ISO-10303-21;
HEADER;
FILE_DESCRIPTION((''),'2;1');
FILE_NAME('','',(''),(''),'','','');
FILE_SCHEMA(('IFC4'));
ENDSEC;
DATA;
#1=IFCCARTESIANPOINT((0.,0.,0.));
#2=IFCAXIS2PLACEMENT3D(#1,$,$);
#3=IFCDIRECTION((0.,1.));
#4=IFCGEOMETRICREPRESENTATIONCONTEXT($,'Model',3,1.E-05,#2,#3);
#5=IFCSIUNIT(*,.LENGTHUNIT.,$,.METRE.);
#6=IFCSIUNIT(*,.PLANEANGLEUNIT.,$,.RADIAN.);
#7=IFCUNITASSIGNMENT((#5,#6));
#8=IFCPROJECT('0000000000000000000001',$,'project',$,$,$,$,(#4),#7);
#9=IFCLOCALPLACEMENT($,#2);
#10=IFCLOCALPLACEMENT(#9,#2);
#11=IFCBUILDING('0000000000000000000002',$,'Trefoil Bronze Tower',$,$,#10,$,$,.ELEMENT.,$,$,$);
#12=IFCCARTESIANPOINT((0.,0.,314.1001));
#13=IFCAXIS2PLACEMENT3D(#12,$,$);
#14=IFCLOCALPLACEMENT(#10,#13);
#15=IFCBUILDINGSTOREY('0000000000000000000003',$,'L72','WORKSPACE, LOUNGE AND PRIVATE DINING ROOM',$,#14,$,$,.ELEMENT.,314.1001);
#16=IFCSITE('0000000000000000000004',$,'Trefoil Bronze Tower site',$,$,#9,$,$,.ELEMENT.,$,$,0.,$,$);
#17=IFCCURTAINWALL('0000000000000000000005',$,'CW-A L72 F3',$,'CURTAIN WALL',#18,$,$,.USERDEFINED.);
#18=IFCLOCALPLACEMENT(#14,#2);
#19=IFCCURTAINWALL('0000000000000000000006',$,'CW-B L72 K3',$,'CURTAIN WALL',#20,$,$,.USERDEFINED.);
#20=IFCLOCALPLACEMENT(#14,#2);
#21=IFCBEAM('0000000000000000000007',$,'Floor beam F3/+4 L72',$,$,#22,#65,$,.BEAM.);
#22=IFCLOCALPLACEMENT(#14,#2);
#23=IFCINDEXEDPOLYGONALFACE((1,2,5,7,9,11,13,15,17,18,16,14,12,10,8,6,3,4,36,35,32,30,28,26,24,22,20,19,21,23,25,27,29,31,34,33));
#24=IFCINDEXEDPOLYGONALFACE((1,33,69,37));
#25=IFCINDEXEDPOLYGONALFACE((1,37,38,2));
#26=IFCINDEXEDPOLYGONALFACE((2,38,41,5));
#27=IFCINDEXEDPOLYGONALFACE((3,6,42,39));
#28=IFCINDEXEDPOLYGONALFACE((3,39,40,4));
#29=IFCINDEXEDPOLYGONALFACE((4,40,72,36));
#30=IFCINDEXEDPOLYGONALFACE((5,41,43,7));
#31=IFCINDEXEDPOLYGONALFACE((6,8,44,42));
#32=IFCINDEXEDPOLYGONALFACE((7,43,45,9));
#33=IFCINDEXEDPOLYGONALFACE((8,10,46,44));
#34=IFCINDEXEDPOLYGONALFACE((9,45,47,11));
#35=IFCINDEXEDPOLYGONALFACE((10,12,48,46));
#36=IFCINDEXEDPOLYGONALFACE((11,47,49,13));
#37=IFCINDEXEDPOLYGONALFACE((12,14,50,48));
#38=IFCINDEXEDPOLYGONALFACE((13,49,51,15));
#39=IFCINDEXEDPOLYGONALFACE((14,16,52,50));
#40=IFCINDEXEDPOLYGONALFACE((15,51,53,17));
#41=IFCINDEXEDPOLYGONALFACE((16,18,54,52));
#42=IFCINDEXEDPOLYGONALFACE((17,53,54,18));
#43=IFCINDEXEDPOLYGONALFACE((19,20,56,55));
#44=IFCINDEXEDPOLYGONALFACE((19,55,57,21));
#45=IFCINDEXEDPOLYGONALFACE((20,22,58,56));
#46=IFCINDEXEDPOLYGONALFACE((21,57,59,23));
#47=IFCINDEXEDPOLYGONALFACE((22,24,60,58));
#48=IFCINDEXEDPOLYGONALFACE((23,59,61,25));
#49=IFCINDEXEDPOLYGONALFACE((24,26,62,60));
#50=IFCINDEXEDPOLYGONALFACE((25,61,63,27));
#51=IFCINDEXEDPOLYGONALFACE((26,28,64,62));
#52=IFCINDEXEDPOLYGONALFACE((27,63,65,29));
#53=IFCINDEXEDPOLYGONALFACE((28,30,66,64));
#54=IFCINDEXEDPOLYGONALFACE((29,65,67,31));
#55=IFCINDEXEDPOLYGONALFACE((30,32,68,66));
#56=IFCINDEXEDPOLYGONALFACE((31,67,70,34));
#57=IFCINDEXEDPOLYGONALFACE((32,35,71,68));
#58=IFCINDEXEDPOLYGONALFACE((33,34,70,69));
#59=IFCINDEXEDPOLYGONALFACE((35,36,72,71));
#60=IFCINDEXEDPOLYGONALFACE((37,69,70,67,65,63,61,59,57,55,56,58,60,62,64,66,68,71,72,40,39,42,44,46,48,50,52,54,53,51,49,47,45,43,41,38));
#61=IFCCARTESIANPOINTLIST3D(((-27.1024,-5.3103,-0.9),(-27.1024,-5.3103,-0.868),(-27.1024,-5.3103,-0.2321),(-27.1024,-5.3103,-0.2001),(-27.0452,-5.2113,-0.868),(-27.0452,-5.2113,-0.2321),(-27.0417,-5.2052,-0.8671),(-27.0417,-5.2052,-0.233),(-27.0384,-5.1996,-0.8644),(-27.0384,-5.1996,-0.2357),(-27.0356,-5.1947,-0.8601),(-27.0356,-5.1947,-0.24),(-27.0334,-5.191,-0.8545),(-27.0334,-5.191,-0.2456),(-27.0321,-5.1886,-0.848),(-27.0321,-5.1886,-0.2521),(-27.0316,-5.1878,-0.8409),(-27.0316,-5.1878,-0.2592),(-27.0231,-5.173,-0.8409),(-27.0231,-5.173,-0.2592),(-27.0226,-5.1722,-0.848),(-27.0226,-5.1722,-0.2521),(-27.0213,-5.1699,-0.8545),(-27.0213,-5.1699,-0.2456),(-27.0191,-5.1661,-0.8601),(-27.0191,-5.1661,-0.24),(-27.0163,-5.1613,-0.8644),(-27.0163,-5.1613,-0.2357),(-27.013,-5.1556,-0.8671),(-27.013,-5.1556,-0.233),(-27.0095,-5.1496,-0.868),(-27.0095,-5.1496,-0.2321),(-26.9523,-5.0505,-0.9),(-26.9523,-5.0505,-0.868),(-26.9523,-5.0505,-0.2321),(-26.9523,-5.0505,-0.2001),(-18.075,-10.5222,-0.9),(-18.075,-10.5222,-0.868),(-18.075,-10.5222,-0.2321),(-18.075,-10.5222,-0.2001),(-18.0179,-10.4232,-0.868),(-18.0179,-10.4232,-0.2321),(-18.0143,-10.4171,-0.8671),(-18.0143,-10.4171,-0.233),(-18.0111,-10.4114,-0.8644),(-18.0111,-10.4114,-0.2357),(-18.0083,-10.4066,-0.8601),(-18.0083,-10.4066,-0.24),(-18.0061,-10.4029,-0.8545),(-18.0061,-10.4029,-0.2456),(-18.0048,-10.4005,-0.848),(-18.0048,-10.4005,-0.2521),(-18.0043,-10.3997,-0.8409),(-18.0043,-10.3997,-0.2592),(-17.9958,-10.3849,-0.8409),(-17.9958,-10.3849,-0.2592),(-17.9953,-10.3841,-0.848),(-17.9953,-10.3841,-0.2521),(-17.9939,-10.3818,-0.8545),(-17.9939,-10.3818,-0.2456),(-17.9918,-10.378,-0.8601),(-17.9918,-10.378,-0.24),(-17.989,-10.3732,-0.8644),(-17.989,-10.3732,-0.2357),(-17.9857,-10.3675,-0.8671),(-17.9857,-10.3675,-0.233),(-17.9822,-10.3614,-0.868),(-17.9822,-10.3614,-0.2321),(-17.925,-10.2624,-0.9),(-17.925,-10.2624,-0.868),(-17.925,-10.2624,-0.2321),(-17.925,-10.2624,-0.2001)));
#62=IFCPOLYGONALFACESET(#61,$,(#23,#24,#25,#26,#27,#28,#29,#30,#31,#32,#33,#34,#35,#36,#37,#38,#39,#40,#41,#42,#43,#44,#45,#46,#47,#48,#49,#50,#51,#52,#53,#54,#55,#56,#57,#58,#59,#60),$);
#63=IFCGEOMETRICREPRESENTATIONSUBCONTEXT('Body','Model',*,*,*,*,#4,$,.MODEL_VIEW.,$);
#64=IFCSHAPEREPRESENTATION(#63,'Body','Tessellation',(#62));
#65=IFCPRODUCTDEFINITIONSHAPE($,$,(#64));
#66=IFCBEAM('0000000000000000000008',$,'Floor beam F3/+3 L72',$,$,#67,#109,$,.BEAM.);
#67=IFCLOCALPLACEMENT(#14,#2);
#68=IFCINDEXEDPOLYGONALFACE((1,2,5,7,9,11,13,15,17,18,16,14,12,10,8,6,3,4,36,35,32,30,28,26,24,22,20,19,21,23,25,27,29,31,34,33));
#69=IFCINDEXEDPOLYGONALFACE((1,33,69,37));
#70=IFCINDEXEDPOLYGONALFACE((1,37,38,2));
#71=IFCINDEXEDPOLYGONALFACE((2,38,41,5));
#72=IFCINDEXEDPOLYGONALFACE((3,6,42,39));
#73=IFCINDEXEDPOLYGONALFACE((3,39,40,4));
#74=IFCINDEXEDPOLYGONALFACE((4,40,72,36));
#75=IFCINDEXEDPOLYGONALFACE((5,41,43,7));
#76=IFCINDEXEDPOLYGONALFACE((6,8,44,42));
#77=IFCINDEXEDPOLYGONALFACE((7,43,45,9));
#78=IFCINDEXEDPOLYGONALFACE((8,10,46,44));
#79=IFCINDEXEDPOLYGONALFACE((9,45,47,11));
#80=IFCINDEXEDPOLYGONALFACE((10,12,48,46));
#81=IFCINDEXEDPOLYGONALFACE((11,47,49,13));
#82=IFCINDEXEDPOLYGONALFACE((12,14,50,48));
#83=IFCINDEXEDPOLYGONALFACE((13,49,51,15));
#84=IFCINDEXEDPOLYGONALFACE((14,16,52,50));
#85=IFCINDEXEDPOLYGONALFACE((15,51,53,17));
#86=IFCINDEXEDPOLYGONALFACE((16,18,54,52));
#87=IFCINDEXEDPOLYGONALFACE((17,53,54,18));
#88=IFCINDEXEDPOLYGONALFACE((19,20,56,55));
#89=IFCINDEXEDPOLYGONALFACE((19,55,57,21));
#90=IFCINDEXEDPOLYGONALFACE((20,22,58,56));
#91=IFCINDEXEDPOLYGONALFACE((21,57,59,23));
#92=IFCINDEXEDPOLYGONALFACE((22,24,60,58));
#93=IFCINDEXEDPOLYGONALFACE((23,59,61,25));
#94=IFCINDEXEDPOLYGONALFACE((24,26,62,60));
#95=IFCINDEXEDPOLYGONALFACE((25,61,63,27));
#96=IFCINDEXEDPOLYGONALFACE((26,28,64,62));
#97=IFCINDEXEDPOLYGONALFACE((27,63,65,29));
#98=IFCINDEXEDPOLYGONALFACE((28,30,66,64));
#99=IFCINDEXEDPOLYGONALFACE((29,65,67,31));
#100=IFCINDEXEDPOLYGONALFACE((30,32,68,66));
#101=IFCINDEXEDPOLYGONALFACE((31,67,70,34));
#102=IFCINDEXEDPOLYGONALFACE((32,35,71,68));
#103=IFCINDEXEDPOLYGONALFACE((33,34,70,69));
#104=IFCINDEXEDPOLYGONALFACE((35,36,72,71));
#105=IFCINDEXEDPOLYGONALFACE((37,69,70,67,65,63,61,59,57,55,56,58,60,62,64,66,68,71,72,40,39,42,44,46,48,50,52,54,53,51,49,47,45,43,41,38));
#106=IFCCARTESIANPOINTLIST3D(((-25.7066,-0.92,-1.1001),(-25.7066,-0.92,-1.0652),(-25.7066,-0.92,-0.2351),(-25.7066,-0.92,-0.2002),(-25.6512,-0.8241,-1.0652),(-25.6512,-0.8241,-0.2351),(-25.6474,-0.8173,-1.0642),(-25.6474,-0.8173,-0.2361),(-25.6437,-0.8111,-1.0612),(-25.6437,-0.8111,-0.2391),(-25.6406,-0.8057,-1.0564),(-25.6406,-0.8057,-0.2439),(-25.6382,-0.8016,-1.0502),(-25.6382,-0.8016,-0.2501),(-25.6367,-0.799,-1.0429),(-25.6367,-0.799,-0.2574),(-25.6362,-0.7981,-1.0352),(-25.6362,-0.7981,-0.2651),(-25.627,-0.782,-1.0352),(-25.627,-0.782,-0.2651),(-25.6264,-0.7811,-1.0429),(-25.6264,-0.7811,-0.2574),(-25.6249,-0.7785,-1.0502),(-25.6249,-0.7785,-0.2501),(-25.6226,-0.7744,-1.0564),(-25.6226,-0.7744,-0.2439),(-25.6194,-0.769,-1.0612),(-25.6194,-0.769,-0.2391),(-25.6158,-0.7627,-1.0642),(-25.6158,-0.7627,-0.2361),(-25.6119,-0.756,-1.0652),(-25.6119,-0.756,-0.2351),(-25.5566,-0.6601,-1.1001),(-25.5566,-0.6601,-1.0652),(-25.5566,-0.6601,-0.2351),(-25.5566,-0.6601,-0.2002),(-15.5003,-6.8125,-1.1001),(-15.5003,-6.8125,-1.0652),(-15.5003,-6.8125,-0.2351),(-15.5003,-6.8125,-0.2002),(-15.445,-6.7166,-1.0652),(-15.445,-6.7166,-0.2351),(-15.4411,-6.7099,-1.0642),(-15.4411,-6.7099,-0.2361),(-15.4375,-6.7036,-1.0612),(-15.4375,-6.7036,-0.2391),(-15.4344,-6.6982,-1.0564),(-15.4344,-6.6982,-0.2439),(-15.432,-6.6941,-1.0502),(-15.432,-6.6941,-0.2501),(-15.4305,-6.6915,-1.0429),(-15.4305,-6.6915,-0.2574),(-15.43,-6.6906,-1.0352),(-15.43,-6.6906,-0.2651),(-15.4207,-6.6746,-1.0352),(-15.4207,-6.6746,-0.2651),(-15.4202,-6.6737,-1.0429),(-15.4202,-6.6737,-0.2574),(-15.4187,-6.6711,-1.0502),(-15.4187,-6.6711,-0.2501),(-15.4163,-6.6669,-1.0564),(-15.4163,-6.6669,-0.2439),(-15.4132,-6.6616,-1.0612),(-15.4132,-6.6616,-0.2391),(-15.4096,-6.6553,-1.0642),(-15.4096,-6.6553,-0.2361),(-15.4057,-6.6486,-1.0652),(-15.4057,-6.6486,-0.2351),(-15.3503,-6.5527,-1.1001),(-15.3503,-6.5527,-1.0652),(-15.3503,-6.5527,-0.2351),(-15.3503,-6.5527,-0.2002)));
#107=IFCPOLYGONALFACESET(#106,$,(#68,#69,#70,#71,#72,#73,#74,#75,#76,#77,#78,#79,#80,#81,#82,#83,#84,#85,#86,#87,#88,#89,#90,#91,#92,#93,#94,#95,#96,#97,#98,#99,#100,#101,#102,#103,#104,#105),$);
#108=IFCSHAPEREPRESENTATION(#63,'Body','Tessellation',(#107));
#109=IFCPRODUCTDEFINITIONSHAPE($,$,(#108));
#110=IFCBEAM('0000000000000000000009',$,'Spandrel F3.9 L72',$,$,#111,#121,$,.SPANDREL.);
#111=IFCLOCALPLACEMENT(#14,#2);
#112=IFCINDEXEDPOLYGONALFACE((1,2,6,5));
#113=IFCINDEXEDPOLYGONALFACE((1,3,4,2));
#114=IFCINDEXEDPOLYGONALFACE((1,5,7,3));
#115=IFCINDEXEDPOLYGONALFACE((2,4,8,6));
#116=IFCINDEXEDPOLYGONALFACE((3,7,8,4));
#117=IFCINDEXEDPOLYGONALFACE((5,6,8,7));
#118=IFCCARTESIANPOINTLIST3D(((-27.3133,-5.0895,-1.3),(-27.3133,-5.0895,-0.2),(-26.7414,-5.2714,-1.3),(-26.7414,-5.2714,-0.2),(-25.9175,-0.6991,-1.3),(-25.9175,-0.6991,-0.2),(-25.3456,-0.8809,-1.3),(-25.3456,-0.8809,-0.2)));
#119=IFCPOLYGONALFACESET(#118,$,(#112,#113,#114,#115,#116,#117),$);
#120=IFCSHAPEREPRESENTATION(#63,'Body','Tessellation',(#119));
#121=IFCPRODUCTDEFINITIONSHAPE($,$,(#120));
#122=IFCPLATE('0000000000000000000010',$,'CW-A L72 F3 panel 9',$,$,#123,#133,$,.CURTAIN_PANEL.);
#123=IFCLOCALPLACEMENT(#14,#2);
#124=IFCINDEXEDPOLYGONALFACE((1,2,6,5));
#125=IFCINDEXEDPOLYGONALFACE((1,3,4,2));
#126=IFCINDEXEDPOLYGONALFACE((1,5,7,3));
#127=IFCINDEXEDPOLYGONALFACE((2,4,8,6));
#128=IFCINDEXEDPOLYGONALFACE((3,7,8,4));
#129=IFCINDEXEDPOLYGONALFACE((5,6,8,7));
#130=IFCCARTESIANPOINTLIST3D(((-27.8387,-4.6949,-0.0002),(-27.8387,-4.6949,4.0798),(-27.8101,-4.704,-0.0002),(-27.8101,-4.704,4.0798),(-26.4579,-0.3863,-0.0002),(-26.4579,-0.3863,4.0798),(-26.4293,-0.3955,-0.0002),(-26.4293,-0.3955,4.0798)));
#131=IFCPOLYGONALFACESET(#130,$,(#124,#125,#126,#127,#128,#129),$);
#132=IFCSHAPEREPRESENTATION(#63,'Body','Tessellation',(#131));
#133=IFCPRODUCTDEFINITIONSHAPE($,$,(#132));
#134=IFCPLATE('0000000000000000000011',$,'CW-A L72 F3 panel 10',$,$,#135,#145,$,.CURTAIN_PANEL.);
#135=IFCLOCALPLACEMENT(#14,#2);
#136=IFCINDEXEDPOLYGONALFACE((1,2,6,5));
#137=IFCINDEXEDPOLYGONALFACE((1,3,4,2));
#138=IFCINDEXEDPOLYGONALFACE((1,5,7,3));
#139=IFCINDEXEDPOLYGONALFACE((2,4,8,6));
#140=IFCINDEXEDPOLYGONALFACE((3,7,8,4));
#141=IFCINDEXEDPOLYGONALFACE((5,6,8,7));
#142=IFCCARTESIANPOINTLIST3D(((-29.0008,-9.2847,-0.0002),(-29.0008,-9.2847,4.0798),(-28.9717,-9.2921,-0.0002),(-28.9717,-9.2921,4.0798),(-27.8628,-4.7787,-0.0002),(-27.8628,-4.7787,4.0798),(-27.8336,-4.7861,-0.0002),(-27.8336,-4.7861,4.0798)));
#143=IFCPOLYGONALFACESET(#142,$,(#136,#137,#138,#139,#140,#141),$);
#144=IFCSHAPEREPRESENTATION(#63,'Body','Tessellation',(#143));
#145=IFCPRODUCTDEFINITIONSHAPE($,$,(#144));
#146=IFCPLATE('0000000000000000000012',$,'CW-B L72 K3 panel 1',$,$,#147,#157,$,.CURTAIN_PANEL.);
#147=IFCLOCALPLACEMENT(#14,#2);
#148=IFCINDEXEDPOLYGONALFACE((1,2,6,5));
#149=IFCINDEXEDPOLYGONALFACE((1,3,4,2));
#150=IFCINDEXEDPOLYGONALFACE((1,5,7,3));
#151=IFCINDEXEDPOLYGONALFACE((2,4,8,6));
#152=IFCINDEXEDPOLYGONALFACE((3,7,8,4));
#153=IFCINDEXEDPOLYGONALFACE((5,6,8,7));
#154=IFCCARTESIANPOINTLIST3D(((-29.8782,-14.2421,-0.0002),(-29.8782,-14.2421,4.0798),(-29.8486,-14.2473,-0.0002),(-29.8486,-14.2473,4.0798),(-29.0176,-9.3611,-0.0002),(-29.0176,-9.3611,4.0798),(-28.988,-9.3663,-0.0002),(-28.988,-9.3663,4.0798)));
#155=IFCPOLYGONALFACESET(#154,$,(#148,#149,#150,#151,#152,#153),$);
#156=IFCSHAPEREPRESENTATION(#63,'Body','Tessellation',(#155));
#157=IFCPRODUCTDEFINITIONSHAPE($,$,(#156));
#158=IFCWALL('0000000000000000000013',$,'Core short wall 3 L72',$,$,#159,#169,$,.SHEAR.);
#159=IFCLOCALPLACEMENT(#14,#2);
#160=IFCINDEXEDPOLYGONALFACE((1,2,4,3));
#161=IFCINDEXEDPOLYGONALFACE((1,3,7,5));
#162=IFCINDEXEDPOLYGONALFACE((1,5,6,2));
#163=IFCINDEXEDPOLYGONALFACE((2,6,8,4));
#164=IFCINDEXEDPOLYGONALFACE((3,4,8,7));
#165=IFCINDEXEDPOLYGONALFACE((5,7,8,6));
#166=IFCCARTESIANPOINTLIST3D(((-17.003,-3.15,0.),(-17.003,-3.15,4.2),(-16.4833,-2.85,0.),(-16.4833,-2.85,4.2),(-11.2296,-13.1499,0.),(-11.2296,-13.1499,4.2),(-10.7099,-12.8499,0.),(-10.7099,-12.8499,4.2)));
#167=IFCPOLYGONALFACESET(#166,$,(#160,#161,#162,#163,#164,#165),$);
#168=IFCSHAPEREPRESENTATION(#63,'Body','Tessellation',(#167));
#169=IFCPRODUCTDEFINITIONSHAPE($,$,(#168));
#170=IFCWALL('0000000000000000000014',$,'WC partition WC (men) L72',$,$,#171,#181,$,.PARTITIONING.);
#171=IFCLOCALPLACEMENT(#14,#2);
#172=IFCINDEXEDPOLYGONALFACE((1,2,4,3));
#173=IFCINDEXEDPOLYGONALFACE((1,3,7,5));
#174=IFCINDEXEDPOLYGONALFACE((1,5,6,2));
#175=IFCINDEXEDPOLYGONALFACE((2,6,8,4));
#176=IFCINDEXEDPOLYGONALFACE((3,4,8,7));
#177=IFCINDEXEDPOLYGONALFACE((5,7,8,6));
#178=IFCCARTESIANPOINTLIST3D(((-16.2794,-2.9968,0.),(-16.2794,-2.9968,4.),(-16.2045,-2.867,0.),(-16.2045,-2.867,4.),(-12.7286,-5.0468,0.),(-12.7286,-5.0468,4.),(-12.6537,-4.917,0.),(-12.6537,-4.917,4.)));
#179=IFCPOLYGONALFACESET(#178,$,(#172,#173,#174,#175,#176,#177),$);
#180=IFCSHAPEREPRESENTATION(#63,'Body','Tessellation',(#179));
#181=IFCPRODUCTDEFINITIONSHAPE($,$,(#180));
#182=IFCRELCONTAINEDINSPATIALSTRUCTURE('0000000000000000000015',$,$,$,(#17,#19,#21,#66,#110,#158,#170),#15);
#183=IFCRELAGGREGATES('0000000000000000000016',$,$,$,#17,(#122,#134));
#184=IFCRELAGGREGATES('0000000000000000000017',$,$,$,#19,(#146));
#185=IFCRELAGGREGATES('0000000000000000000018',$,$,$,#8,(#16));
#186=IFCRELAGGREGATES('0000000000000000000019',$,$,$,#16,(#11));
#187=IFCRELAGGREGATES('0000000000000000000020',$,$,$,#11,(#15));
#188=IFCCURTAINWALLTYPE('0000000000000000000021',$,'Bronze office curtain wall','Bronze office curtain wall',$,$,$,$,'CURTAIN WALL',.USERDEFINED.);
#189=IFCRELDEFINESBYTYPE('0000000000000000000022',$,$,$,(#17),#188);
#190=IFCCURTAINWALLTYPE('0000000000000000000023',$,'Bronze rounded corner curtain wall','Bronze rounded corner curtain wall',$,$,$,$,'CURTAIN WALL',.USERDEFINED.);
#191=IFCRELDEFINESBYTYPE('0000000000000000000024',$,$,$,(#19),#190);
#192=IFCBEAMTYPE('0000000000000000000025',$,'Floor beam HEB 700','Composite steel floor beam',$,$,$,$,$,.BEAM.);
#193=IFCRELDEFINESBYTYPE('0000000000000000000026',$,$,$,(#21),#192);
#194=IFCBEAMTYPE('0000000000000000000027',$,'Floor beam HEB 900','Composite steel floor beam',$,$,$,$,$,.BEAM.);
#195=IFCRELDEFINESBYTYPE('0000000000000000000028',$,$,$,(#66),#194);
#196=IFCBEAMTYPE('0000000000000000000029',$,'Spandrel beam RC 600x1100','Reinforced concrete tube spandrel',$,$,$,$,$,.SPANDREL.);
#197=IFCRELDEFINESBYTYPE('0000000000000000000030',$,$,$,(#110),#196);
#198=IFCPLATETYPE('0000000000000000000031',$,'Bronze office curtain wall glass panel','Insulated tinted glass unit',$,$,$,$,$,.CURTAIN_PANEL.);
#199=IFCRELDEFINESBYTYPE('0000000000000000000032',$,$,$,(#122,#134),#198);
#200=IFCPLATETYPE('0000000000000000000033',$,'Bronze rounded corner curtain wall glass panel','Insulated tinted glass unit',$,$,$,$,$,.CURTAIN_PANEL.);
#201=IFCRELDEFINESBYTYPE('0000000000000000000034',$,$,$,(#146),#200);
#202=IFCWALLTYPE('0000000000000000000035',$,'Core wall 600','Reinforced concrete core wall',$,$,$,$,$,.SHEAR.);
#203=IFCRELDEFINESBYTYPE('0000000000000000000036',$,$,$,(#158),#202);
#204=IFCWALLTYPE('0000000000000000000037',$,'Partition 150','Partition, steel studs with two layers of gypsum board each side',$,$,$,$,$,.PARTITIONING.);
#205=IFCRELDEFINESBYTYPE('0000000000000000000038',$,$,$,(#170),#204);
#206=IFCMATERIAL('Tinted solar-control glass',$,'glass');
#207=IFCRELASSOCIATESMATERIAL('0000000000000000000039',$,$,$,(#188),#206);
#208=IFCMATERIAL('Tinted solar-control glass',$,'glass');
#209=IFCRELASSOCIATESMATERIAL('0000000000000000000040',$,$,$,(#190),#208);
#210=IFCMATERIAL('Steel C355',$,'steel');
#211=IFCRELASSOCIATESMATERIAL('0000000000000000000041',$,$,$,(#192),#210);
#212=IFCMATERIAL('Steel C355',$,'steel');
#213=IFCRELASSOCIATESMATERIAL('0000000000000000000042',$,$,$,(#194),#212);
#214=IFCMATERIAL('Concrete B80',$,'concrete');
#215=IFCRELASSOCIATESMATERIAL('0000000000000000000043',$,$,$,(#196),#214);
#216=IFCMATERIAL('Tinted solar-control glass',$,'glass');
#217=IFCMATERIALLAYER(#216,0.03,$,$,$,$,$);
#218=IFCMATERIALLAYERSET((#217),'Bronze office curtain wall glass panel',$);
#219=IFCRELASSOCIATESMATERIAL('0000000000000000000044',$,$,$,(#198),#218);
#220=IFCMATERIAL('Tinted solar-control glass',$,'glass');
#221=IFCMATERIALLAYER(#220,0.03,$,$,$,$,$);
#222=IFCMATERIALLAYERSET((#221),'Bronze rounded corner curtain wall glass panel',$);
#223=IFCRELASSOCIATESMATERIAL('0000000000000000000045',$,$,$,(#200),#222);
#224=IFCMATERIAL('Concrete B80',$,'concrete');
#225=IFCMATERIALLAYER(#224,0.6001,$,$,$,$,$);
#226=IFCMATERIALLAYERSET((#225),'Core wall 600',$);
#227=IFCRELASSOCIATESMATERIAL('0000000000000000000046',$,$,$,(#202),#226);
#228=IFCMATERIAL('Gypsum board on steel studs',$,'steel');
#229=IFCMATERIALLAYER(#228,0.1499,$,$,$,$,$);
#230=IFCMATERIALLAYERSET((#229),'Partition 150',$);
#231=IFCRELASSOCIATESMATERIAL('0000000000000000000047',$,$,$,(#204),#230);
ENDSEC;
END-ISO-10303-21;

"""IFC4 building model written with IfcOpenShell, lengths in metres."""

from ifc_helpers import new_model, si_unit, direction, frame, frame_2d, origin, origin_2d, place, context, subcontext, project, spatial, rectangle, i_section, extrude, material, layer, layer_set, material_profile, profile_set, type_object, element, aggregate, save


model = new_model("IFC4")

# Units and contexts
model_context = context("Model", 3, precision=1e-05, world=origin(), true_north=direction((0.0, 1.0)))
body_context = subcontext(model_context, "Body", "Model", "MODEL_VIEW")
ifc_project = project(units=[si_unit("LENGTHUNIT", "METRE"), si_unit("PLANEANGLEUNIT", "RADIAN")], contexts=[model_context])

# Site, building, storey
site_placement = place(None, origin())
site = spatial("IfcSite", under=ifc_project, at=site_placement, Name="Trefoil Bronze Tower site", CompositionType="ELEMENT", RefElevation=0.0)
building_placement = place(site_placement, origin())
building = spatial("IfcBuilding", under=site, at=building_placement, Name="Trefoil Bronze Tower", CompositionType="ELEMENT")
storey_placement = place(building_placement, frame((0.0, 0.0, 314.1001)))
storey = spatial("IfcBuildingStorey", under=building, at=storey_placement, Name="L72", Description="WORKSPACE, LOUNGE AND PRIVATE DINING ROOM", CompositionType="ELEMENT", Elevation=314.1001)

# Curtain walls
ifc_material_1 = material(Name="Tinted solar-control glass", Category="glass")
curtain_wall_type_1 = type_object("IfcCurtainWallType", Name="Bronze office curtain wall", Description="Bronze office curtain wall", ElementType="CURTAIN WALL", PredefinedType="USERDEFINED", material=ifc_material_1)
curtain_wall_1_placement = place(storey_placement, origin())
curtain_wall_1 = element("IfcCurtainWall", 1, at=curtain_wall_1_placement, inside=storey, type_object=curtain_wall_type_1, Name="CW-A L72 F3", ObjectType="CURTAIN WALL", PredefinedType="USERDEFINED")
ifc_material_2 = material(Name="Tinted solar-control glass", Category="glass")
curtain_wall_type_2 = type_object("IfcCurtainWallType", Name="Bronze rounded corner curtain wall", Description="Bronze rounded corner curtain wall", ElementType="CURTAIN WALL", PredefinedType="USERDEFINED", material=ifc_material_2)
curtain_wall_2_placement = place(storey_placement, origin())
curtain_wall_2 = element("IfcCurtainWall", 2, at=curtain_wall_2_placement, inside=storey, type_object=curtain_wall_type_2, Name="CW-B L72 K3", ObjectType="CURTAIN WALL", PredefinedType="USERDEFINED")

# Beams
ifc_material_3 = material(Name="Steel C355", Category="steel")
ifc_material_profile_1 = material_profile(ifc_material_3, i_section(OverallWidth=0.3, OverallDepth=0.7, WebThickness=0.0171, FlangeThickness=0.032, FilletRadius=0.0271, at=origin_2d()), Name="HEB 700")
ifc_profile_set_1 = profile_set([ifc_material_profile_1], Name="Steel C355")
beam_type_1 = type_object("IfcBeamType", Name="Floor beam HEB 700", Description="Composite steel floor beam", PredefinedType="BEAM", material=ifc_profile_set_1)
beam_1_placement = place(storey_placement, frame((-27.0273, -5.1804, -0.55), z_axis=(0.866026, -0.499998, 0.0), x_axis=(0.499998, 0.866026, 0.0)))
element("IfcBeam", 3, at=beam_1_placement, inside=storey, type_object=beam_type_1, Name="Floor beam F3/+4 L72", PredefinedType="BEAM", context=body_context, shape_type="SweptSolid", body=[
    extrude(i_section(OverallWidth=0.3, OverallDepth=0.7, WebThickness=0.0171, FlangeThickness=0.032, FilletRadius=0.0271, at=origin_2d()), origin(), (0.0, 0.0, 1.0), 10.4238),
])
ifc_material_4 = material(Name="Steel C355", Category="steel")
ifc_material_profile_2 = material_profile(ifc_material_4, i_section(OverallWidth=0.3, OverallDepth=0.8999, WebThickness=0.0186, FlangeThickness=0.0349, FilletRadius=0.03, at=origin_2d()), Name="HEB 900")
ifc_profile_set_2 = profile_set([ifc_material_profile_2], Name="Steel C355")
beam_type_2 = type_object("IfcBeamType", Name="Floor beam HEB 900", Description="Composite steel floor beam", PredefinedType="BEAM", material=ifc_profile_set_2)
beam_2_placement = place(storey_placement, frame((-25.6316, -0.79, -0.6501), z_axis=(0.866027, -0.499998, 0.0), x_axis=(0.499998, 0.866027, 0.0)))
element("IfcBeam", 4, at=beam_2_placement, inside=storey, type_object=beam_type_2, Name="Floor beam F3/+3 L72", PredefinedType="BEAM", context=body_context, shape_type="SweptSolid", body=[
    extrude(i_section(OverallWidth=0.3, OverallDepth=0.8999, WebThickness=0.0186, FlangeThickness=0.0349, FilletRadius=0.03, at=origin_2d()), origin(), (0.0, 0.0, 1.0), 11.7852),
])
ifc_material_5 = material(Name="Concrete B80", Category="concrete")
ifc_material_profile_3 = material_profile(ifc_material_5, rectangle(XDim=0.6001, YDim=1.1001, at=origin_2d()), Name="RC 600x1100")
ifc_profile_set_3 = profile_set([ifc_material_profile_3], Name="Concrete B80")
beam_type_3 = type_object("IfcBeamType", Name="Spandrel beam RC 600x1100", Description="Reinforced concrete tube spandrel", PredefinedType="SPANDREL", material=ifc_profile_set_3)
beam_3_placement = place(storey_placement, frame((-25.6316, -0.79, -0.75), z_axis=(-0.30297, -0.953, 0.0), x_axis=(0.953, -0.30297, 0.0)))
element("IfcBeam", 5, at=beam_3_placement, inside=storey, type_object=beam_type_3, Name="Spandrel F3.9 L72", PredefinedType="SPANDREL", context=body_context, shape_type="SweptSolid", body=[
    extrude(rectangle(XDim=0.6001, YDim=1.1001, at=origin_2d()), origin(), (0.0, 0.0, 1.0), 4.6069),
])

# Plates
ifc_material_6 = material(Name="Tinted solar-control glass", Category="glass")
ifc_layer_1 = layer(ifc_material_6, 0.03)
ifc_layer_set_1 = layer_set([ifc_layer_1], Name="Bronze office curtain wall glass panel")
plate_type_1 = type_object("IfcPlateType", Name="Bronze office curtain wall glass panel", Description="Insulated tinted glass unit", PredefinedType="CURTAIN_PANEL", material=ifc_layer_set_1)
plate_1_placement = place(storey_placement, frame((-27.134, -2.5452, -0.0002), z_axis=(0.0, 0.0, 1.0), x_axis=(-0.305188, -0.952292, 0.0)))
plate_1 = element("IfcPlate", 6, at=plate_1_placement, type_object=plate_type_1, Name="CW-A L72 F3 panel 9", PredefinedType="CURTAIN_PANEL", context=body_context, shape_type="SweptSolid", body=[
    extrude(rectangle(XDim=4.5244, YDim=0.03, at=origin_2d()), origin(), (0.0, 0.0, 1.0), 4.0801),
])
plate_2_placement = place(storey_placement, frame((-28.4172, -7.0354, -0.0002), z_axis=(0.0, 0.0, 1.0), x_axis=(-0.24488, -0.969554, 0.0)))
plate_2 = element("IfcPlate", 7, at=plate_2_placement, type_object=plate_type_1, Name="CW-A L72 F3 panel 10", PredefinedType="CURTAIN_PANEL", context=body_context, shape_type="SweptSolid", body=[
    extrude(rectangle(XDim=4.6475, YDim=0.03, at=origin_2d()), origin(), (0.0, 0.0, 1.0), 4.0801),
])
aggregate(curtain_wall_1, [plate_1, plate_2])
ifc_material_7 = material(Name="Tinted solar-control glass", Category="glass")
ifc_layer_2 = layer(ifc_material_7, 0.03)
ifc_layer_set_2 = layer_set([ifc_layer_2], Name="Bronze rounded corner curtain wall glass panel")
plate_type_2 = type_object("IfcPlateType", Name="Bronze rounded corner curtain wall glass panel", Description="Insulated tinted glass unit", PredefinedType="CURTAIN_PANEL", material=ifc_layer_set_2)
plate_3_placement = place(storey_placement, frame((-29.4331, -11.8042, -0.0002), z_axis=(0.0, 0.0, 1.0), x_axis=(-0.173648, -0.984808, 0.0)))
plate_3 = element("IfcPlate", 8, at=plate_3_placement, type_object=plate_type_2, Name="CW-B L72 K3 panel 1", PredefinedType="CURTAIN_PANEL", context=body_context, shape_type="SweptSolid", body=[
    extrude(rectangle(XDim=4.9563, YDim=0.03, at=origin_2d()), origin(), (0.0, 0.0, 1.0), 4.0801),
])
aggregate(curtain_wall_2, [plate_3])

# Walls
ifc_material_8 = material(Name="Concrete B80", Category="concrete")
ifc_layer_3 = layer(ifc_material_8, 0.6001)
ifc_layer_set_3 = layer_set([ifc_layer_3], Name="Core wall 600")
wall_type_1 = type_object("IfcWallType", Name="Core wall 600", Description="Reinforced concrete core wall", PredefinedType="SHEAR", material=ifc_layer_set_3)
wall_1_placement = place(storey_placement, frame((-16.7432, -3.0, 0.0), z_axis=(0.0, 0.0, 1.0), x_axis=(0.499996, -0.866028, 0.0)))
element("IfcWall", 9, at=wall_1_placement, inside=storey, type_object=wall_type_1, Name="Core short wall 3 L72", PredefinedType="SHEAR", context=body_context, shape_type="SweptSolid", body=[
    extrude(rectangle(XDim=11.5469, YDim=0.6001, at=frame_2d((5.7734, 0.0))), origin(), (0.0, 0.0, 1.0), 4.2),
])
ifc_material_9 = material(Name="Gypsum board on steel studs", Category="steel")
ifc_layer_4 = layer(ifc_material_9, 0.1499)
ifc_layer_set_4 = layer_set([ifc_layer_4], Name="Partition 150")
wall_type_2 = type_object("IfcWallType", Name="Partition 150", Description="Partition, steel studs with two layers of gypsum board each side", PredefinedType="PARTITIONING", material=ifc_layer_set_4)
wall_2_placement = place(storey_placement, frame((-12.6912, -4.9819, 0.0), z_axis=(0.0, 0.0, 1.0), x_axis=(-0.866025, 0.500001, 0.0)))
element("IfcWall", 10, at=wall_2_placement, inside=storey, type_object=wall_type_2, Name="WC partition WC (men) L72", PredefinedType="PARTITIONING", context=body_context, shape_type="SweptSolid", body=[
    extrude(rectangle(XDim=4.1001, YDim=0.1499, at=frame_2d((2.05, 0.0))), origin(), (0.0, 0.0, 1.0), 4.0),
])

save(model, "model.ifc")
